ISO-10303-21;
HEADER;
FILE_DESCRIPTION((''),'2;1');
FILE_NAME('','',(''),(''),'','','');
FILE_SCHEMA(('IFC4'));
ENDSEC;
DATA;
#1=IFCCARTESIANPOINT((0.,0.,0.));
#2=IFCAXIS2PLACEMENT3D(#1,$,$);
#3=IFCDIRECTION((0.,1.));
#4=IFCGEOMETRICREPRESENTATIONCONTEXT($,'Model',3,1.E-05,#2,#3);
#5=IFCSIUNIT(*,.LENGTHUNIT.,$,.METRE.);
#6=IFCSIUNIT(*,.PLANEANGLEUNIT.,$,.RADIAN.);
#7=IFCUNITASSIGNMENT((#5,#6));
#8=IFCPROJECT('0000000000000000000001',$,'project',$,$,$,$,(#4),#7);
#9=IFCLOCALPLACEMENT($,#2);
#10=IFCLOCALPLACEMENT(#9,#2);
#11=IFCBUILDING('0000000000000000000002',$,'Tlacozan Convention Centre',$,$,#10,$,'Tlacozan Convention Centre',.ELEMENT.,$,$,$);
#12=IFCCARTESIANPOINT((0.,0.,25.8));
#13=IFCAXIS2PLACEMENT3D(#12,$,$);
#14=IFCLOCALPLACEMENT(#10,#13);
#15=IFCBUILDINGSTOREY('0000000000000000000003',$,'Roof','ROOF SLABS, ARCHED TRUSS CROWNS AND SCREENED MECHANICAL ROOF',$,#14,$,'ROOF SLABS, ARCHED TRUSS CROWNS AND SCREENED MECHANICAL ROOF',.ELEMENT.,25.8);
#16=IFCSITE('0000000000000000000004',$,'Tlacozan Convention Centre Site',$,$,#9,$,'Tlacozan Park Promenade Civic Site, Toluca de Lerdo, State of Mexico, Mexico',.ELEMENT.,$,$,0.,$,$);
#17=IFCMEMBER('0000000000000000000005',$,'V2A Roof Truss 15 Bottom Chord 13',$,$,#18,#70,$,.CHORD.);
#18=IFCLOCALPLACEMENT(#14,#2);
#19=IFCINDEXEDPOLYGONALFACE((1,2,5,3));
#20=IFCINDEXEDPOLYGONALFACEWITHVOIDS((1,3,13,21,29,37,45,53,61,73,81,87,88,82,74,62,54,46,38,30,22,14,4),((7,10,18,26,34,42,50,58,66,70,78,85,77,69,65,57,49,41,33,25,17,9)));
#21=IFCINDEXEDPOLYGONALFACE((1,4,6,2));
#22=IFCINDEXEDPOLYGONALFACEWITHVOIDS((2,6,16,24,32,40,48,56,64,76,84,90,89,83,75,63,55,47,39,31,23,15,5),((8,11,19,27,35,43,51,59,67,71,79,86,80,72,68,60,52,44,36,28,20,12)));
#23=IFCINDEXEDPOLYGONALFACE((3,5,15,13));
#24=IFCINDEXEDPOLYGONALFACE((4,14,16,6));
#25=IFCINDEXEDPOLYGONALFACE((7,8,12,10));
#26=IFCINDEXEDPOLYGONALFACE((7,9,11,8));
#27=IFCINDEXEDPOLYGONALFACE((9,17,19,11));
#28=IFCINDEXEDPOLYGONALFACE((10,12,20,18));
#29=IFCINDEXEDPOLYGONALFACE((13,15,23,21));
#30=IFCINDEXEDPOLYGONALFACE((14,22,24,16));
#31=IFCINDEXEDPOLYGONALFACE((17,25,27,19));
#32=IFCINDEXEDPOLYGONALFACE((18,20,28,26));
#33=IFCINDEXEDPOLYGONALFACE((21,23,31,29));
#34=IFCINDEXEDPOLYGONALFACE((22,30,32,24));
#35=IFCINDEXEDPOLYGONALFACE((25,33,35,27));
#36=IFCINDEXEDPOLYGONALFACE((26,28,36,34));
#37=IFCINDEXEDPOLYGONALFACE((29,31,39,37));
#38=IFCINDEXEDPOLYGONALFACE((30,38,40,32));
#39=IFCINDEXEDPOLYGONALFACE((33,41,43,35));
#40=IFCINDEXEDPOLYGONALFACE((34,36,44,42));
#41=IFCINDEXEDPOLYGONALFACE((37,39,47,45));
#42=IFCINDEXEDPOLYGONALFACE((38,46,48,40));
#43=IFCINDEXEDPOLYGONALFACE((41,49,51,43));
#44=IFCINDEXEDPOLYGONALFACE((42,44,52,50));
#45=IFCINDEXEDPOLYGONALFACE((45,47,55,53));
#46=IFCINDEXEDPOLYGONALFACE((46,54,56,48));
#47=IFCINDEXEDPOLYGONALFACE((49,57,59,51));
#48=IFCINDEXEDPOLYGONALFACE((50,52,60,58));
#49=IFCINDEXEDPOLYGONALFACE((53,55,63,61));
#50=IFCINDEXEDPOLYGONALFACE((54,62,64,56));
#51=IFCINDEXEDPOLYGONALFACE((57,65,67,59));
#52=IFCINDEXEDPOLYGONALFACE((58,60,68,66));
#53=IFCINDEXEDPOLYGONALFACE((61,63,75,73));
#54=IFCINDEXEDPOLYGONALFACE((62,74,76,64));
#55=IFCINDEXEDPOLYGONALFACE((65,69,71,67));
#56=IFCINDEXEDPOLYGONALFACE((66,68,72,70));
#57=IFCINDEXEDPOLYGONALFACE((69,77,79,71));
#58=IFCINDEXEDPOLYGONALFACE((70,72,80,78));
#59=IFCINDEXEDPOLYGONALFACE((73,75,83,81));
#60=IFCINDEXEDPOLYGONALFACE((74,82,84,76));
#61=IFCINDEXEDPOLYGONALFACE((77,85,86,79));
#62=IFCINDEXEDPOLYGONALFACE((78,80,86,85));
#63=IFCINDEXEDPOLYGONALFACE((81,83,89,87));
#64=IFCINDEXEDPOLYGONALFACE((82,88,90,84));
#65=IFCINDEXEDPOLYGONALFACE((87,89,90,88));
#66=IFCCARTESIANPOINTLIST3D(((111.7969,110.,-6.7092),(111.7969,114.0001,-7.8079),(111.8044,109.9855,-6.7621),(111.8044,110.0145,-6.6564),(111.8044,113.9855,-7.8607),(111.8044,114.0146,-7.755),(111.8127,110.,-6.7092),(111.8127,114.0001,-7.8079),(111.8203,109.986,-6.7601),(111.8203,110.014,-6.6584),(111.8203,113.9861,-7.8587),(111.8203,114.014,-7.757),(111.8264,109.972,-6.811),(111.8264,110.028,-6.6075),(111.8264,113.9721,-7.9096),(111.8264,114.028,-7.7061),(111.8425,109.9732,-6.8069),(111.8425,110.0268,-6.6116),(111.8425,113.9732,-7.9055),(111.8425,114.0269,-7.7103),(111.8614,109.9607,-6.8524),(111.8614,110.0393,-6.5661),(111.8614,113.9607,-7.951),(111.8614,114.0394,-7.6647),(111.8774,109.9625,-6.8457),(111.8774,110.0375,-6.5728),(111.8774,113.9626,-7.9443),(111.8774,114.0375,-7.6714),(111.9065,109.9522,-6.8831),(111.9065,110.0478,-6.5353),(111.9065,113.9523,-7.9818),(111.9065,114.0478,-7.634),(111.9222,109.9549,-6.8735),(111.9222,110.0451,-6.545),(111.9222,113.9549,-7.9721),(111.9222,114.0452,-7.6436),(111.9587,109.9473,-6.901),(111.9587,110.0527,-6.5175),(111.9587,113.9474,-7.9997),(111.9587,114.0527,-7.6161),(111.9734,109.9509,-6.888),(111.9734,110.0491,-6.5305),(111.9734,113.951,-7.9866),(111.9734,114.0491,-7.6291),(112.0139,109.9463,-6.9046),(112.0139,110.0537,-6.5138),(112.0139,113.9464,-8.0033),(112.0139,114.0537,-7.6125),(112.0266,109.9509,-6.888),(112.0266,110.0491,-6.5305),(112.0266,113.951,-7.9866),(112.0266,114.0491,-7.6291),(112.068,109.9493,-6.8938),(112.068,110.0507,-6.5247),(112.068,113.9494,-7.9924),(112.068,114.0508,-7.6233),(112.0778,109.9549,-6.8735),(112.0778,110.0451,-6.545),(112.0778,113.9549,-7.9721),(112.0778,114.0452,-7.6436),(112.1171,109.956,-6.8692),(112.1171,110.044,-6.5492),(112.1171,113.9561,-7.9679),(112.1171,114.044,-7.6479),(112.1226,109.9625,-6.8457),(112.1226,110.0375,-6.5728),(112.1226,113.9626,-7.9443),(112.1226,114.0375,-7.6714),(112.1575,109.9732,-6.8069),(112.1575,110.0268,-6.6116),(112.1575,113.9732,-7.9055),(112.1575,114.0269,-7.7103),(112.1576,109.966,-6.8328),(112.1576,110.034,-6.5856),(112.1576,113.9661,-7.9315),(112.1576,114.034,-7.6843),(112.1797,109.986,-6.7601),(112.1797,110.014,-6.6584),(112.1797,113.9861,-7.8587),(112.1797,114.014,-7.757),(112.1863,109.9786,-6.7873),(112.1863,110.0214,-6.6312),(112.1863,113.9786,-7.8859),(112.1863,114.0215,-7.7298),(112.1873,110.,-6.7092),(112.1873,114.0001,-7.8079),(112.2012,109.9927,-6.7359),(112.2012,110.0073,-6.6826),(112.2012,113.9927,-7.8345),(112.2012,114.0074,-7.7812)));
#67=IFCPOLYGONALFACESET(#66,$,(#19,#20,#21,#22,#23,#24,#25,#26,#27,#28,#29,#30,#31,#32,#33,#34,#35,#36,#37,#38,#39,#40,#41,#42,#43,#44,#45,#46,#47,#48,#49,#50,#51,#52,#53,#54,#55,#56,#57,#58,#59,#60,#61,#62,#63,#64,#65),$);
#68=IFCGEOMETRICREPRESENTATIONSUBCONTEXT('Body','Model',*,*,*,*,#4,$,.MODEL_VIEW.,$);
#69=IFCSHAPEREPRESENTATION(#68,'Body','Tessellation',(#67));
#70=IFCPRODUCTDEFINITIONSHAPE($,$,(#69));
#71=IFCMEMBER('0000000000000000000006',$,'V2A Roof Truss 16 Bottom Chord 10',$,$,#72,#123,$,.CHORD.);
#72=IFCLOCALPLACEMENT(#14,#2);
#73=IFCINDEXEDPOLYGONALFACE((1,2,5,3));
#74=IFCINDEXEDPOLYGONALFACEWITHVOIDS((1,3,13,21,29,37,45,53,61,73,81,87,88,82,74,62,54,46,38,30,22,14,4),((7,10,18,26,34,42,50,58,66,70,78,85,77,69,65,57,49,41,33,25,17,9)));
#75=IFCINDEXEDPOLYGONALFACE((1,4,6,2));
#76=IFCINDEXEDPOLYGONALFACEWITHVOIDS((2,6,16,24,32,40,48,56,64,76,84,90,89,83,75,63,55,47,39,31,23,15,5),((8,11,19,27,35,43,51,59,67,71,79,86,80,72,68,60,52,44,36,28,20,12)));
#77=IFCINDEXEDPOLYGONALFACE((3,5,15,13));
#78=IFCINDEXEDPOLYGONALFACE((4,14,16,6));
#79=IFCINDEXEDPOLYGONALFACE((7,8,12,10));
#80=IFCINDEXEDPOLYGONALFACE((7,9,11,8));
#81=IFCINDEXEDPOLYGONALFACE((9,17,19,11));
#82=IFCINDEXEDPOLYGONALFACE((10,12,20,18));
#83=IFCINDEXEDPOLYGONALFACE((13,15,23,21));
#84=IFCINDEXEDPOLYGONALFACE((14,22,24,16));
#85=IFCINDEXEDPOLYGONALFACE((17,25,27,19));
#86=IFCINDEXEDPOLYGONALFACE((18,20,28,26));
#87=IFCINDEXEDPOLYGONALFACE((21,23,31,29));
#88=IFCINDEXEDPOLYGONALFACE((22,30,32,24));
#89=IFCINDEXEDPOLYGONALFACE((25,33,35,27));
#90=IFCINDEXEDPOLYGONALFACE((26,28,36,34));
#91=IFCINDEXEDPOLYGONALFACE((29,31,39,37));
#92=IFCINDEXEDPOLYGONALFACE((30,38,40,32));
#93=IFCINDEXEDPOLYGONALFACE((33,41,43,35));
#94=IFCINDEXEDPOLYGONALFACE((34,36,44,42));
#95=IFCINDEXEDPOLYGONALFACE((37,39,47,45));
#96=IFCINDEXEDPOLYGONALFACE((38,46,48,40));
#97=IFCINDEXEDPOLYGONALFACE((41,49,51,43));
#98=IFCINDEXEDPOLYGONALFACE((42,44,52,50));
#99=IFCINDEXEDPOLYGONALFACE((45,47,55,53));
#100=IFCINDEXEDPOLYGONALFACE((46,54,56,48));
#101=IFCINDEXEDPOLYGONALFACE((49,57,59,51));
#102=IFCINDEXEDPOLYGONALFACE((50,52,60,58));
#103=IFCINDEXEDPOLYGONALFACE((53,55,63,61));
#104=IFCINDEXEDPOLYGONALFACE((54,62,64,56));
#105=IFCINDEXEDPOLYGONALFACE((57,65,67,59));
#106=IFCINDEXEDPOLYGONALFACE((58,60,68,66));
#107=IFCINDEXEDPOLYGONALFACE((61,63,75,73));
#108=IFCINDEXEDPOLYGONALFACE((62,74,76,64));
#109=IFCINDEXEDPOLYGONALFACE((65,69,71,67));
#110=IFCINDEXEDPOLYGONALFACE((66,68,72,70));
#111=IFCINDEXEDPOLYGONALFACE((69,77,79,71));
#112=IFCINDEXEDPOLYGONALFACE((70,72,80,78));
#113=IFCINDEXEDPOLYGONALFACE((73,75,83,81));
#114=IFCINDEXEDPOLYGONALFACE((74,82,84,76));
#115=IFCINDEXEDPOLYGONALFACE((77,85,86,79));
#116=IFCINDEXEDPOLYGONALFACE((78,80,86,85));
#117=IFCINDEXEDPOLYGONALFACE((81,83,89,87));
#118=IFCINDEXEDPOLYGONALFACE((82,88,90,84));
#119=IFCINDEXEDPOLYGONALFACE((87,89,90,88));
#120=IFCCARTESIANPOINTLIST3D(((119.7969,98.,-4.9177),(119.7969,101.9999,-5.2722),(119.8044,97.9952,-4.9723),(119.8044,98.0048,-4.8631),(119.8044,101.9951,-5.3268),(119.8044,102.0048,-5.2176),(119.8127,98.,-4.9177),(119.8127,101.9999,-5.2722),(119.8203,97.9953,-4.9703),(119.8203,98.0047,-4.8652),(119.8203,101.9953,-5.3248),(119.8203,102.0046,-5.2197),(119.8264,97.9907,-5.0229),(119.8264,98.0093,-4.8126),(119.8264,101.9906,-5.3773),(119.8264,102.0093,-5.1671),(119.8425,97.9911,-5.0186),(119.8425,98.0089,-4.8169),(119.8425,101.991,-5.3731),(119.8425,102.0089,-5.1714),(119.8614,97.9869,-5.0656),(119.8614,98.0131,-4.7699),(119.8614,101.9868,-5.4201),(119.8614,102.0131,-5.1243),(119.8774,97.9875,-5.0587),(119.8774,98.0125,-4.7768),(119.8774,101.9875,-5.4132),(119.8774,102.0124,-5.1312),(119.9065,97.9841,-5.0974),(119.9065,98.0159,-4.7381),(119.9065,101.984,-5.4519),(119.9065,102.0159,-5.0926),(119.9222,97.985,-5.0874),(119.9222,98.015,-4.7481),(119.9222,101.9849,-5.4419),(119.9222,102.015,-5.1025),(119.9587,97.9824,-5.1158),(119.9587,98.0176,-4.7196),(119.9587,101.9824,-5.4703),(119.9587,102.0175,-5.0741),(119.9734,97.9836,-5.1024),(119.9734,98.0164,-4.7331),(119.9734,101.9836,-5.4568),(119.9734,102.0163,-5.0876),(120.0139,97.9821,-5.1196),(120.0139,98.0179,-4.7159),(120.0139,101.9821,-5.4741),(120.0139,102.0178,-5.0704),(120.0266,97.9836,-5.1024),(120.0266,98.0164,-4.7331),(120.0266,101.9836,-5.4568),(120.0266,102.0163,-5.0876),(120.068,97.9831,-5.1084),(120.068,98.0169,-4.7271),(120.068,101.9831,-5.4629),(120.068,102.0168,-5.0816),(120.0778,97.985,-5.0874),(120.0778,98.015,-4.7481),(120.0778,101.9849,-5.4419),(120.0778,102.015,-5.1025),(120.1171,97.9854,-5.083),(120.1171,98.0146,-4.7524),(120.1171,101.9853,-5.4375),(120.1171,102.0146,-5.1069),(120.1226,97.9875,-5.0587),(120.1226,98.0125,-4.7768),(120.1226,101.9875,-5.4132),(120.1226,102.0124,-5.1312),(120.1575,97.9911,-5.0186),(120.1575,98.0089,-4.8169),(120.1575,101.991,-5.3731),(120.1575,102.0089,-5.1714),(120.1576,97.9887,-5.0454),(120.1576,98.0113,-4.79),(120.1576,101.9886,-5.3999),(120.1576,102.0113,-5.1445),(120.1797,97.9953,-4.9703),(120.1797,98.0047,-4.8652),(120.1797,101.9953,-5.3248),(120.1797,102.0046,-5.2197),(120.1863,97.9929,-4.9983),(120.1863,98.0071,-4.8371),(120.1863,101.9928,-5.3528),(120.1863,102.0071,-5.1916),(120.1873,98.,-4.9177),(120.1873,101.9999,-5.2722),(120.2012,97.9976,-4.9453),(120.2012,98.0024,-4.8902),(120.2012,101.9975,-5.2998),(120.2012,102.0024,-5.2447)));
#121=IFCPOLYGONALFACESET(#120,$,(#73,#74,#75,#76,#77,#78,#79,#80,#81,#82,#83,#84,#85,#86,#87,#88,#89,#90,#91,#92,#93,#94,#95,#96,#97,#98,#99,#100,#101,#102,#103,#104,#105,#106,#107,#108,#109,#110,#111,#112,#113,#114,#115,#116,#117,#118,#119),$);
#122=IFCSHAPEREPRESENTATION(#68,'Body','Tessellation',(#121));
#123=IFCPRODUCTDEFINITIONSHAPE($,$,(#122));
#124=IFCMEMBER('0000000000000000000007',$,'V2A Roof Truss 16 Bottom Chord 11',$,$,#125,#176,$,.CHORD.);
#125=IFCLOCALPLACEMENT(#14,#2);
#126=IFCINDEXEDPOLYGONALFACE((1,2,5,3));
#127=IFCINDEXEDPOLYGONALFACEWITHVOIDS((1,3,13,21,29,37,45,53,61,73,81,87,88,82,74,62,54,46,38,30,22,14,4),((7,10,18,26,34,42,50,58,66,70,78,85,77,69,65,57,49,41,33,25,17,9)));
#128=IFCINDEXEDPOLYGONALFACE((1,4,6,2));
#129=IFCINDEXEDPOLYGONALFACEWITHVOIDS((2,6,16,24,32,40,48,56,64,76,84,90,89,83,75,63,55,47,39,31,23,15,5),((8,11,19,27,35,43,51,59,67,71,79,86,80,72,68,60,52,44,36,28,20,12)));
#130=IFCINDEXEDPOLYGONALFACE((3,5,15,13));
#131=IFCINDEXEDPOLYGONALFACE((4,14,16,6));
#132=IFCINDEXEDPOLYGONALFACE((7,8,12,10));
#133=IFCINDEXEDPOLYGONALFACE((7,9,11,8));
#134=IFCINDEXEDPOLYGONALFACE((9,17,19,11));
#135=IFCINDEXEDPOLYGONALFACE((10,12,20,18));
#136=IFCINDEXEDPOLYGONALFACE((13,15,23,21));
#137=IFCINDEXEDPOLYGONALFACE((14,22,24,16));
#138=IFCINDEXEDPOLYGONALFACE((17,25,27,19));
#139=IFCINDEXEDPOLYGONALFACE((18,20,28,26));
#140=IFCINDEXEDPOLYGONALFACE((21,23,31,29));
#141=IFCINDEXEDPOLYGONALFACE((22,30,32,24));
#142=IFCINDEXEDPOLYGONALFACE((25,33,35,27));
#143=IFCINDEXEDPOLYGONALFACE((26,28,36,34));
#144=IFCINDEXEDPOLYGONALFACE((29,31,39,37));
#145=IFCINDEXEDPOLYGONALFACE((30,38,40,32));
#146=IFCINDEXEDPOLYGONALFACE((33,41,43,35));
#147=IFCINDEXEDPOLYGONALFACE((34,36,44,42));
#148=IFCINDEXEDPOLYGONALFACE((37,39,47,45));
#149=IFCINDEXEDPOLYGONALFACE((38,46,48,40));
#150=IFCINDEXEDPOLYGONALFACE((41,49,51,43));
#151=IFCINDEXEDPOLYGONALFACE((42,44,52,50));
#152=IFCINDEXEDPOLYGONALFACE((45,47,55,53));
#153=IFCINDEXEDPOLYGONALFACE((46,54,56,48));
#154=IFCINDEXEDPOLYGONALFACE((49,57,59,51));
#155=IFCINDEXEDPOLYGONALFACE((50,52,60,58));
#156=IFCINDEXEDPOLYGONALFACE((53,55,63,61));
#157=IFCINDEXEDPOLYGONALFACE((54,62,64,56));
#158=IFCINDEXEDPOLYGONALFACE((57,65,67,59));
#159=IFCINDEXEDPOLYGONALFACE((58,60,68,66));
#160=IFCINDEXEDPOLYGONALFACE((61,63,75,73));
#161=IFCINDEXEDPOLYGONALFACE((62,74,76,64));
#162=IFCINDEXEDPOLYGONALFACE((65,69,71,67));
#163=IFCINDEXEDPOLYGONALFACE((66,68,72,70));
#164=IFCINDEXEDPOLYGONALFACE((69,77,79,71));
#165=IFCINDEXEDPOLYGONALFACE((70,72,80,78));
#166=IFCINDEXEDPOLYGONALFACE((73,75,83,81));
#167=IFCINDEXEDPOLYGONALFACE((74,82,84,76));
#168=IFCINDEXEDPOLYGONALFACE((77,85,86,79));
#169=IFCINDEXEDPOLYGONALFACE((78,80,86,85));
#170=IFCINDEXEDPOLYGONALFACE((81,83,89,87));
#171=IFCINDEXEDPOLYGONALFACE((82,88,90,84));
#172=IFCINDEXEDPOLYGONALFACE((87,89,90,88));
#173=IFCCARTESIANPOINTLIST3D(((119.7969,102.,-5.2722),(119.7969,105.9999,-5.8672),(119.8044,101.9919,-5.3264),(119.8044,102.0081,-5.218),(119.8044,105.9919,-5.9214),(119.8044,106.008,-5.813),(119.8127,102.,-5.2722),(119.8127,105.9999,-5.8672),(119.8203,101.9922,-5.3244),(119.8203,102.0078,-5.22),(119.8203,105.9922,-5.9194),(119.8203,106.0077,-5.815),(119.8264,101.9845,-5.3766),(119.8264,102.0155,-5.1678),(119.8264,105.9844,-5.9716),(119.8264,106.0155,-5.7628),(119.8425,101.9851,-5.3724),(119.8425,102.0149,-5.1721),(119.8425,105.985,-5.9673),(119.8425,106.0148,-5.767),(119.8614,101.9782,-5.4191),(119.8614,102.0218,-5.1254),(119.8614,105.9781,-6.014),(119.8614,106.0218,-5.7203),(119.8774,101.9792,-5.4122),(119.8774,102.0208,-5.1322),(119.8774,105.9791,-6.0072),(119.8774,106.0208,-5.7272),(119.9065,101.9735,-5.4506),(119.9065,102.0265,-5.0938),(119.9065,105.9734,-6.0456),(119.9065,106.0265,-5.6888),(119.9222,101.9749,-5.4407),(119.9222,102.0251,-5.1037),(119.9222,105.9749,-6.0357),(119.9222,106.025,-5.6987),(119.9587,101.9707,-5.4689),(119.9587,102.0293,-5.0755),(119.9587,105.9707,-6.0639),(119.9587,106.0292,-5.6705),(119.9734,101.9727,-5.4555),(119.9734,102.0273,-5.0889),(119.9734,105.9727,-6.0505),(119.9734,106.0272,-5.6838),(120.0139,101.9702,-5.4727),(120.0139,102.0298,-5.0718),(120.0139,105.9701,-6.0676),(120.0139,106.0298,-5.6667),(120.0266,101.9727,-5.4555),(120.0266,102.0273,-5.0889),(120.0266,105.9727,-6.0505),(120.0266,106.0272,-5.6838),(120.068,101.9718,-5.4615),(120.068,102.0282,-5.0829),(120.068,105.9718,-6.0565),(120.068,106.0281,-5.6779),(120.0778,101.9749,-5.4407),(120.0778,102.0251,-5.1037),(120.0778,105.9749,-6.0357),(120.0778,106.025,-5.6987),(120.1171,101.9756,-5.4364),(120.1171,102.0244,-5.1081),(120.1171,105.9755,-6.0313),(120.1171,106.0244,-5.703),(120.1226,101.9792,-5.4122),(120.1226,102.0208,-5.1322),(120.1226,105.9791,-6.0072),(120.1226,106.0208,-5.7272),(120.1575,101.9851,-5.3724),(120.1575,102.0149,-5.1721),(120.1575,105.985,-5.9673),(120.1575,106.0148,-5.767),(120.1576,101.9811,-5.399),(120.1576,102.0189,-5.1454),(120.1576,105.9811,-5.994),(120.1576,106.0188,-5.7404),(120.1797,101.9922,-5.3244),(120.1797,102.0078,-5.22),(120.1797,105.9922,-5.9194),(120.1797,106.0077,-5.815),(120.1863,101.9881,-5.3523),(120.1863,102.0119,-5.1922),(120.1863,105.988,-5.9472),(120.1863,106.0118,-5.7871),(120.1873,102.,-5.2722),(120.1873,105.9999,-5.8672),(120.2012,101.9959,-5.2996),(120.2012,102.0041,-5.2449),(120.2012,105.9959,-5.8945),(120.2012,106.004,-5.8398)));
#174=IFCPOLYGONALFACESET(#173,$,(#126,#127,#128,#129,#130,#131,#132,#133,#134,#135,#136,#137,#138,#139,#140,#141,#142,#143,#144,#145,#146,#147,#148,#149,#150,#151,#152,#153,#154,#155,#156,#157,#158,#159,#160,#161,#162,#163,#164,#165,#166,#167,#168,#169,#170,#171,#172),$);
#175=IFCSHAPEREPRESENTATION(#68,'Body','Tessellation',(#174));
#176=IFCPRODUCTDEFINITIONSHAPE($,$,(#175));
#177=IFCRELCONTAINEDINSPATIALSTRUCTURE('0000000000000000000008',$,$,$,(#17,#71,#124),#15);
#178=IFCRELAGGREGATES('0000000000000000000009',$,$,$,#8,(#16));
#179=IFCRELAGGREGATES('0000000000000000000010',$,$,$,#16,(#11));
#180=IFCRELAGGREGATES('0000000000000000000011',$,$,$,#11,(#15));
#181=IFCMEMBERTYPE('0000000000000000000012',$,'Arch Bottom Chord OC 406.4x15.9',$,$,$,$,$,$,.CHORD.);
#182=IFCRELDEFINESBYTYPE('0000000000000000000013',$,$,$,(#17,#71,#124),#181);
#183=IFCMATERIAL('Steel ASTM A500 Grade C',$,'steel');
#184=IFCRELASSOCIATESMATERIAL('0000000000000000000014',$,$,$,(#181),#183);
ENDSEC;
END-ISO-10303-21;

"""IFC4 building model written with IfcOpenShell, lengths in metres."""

from ifc_helpers import new_model, si_unit, direction, frame, origin, origin_2d, place, context, subcontext, project, spatial, hollow_circle, extrude, material, material_profile, profile_set, type_object, element, save


model = new_model("IFC4")

# Units and contexts
model_context = context("Model", 3, precision=1e-05, world=origin(), true_north=direction((0.0, 1.0)))
body_context = subcontext(model_context, "Body", "Model", "MODEL_VIEW")
ifc_project = project(units=[si_unit("LENGTHUNIT", "METRE"), si_unit("PLANEANGLEUNIT", "RADIAN")], contexts=[model_context])

# Site, building, storey
site_placement = place(None, origin())
site = spatial("IfcSite", under=ifc_project, at=site_placement, Name="Tlacozan Convention Centre Site", LongName="Tlacozan Park Promenade Civic Site, Toluca de Lerdo, State of Mexico, Mexico", CompositionType="ELEMENT", RefElevation=0.0)
building_placement = place(site_placement, origin())
building = spatial("IfcBuilding", under=site, at=building_placement, Name="Tlacozan Convention Centre", LongName="Tlacozan Convention Centre", CompositionType="ELEMENT")
storey_placement = place(building_placement, frame((0.0, 0.0, 25.8)))
storey = spatial("IfcBuildingStorey", under=building, at=storey_placement, Name="Roof", Description="ROOF SLABS, ARCHED TRUSS CROWNS AND SCREENED MECHANICAL ROOF", LongName="ROOF SLABS, ARCHED TRUSS CROWNS AND SCREENED MECHANICAL ROOF", CompositionType="ELEMENT", Elevation=25.8)

# Members
ifc_material_1 = material(Name="Steel ASTM A500 Grade C", Category="steel")
ifc_material_profile_1 = material_profile(ifc_material_1, hollow_circle(Radius=0.2031, WallThickness=0.0159, at=origin_2d()), Name="OC 406.4x15.9")
ifc_profile_set_1 = profile_set([ifc_material_profile_1], Name="Steel ASTM A500 Grade C")
member_type_1 = type_object("IfcMemberType", Name="Arch Bottom Chord OC 406.4x15.9", PredefinedType="CHORD", material=ifc_profile_set_1)
member_1_placement = place(storey_placement, frame((112.0, 110.0, -6.7092), z_axis=(0.0, 0.96429, -0.26485), x_axis=(-1.0, 0.0, 0.0)))
element("IfcMember", 1, at=member_1_placement, inside=storey, type_object=member_type_1, Name="V2A Roof Truss 15 Bottom Chord 13", PredefinedType="CHORD", context=body_context, shape_type="SweptSolid", body=[
    extrude(hollow_circle(Radius=0.2031, WallThickness=0.0159, at=origin_2d()), origin(), (0.0, 0.0, 1.0), 4.1482),
])
member_2_placement = place(storey_placement, frame((120.0, 98.0, -4.9177), z_axis=(0.0, 0.996096, -0.088277), x_axis=(-1.0, 0.0, 0.0)))
element("IfcMember", 2, at=member_2_placement, inside=storey, type_object=member_type_1, Name="V2A Roof Truss 16 Bottom Chord 10", PredefinedType="CHORD", context=body_context, shape_type="SweptSolid", body=[
    extrude(hollow_circle(Radius=0.2031, WallThickness=0.0159, at=origin_2d()), origin(), (0.0, 0.0, 1.0), 4.0156),
])
member_3_placement = place(storey_placement, frame((120.0, 102.0, -5.2722), z_axis=(0.0, 0.989118, -0.147124), x_axis=(-1.0, 0.0, 0.0)))
element("IfcMember", 3, at=member_3_placement, inside=storey, type_object=member_type_1, Name="V2A Roof Truss 16 Bottom Chord 11", PredefinedType="CHORD", context=body_context, shape_type="SweptSolid", body=[
    extrude(hollow_circle(Radius=0.2031, WallThickness=0.0159, at=origin_2d()), origin(), (0.0, 0.0, 1.0), 4.0439),
])

save(model, "model.ifc")
